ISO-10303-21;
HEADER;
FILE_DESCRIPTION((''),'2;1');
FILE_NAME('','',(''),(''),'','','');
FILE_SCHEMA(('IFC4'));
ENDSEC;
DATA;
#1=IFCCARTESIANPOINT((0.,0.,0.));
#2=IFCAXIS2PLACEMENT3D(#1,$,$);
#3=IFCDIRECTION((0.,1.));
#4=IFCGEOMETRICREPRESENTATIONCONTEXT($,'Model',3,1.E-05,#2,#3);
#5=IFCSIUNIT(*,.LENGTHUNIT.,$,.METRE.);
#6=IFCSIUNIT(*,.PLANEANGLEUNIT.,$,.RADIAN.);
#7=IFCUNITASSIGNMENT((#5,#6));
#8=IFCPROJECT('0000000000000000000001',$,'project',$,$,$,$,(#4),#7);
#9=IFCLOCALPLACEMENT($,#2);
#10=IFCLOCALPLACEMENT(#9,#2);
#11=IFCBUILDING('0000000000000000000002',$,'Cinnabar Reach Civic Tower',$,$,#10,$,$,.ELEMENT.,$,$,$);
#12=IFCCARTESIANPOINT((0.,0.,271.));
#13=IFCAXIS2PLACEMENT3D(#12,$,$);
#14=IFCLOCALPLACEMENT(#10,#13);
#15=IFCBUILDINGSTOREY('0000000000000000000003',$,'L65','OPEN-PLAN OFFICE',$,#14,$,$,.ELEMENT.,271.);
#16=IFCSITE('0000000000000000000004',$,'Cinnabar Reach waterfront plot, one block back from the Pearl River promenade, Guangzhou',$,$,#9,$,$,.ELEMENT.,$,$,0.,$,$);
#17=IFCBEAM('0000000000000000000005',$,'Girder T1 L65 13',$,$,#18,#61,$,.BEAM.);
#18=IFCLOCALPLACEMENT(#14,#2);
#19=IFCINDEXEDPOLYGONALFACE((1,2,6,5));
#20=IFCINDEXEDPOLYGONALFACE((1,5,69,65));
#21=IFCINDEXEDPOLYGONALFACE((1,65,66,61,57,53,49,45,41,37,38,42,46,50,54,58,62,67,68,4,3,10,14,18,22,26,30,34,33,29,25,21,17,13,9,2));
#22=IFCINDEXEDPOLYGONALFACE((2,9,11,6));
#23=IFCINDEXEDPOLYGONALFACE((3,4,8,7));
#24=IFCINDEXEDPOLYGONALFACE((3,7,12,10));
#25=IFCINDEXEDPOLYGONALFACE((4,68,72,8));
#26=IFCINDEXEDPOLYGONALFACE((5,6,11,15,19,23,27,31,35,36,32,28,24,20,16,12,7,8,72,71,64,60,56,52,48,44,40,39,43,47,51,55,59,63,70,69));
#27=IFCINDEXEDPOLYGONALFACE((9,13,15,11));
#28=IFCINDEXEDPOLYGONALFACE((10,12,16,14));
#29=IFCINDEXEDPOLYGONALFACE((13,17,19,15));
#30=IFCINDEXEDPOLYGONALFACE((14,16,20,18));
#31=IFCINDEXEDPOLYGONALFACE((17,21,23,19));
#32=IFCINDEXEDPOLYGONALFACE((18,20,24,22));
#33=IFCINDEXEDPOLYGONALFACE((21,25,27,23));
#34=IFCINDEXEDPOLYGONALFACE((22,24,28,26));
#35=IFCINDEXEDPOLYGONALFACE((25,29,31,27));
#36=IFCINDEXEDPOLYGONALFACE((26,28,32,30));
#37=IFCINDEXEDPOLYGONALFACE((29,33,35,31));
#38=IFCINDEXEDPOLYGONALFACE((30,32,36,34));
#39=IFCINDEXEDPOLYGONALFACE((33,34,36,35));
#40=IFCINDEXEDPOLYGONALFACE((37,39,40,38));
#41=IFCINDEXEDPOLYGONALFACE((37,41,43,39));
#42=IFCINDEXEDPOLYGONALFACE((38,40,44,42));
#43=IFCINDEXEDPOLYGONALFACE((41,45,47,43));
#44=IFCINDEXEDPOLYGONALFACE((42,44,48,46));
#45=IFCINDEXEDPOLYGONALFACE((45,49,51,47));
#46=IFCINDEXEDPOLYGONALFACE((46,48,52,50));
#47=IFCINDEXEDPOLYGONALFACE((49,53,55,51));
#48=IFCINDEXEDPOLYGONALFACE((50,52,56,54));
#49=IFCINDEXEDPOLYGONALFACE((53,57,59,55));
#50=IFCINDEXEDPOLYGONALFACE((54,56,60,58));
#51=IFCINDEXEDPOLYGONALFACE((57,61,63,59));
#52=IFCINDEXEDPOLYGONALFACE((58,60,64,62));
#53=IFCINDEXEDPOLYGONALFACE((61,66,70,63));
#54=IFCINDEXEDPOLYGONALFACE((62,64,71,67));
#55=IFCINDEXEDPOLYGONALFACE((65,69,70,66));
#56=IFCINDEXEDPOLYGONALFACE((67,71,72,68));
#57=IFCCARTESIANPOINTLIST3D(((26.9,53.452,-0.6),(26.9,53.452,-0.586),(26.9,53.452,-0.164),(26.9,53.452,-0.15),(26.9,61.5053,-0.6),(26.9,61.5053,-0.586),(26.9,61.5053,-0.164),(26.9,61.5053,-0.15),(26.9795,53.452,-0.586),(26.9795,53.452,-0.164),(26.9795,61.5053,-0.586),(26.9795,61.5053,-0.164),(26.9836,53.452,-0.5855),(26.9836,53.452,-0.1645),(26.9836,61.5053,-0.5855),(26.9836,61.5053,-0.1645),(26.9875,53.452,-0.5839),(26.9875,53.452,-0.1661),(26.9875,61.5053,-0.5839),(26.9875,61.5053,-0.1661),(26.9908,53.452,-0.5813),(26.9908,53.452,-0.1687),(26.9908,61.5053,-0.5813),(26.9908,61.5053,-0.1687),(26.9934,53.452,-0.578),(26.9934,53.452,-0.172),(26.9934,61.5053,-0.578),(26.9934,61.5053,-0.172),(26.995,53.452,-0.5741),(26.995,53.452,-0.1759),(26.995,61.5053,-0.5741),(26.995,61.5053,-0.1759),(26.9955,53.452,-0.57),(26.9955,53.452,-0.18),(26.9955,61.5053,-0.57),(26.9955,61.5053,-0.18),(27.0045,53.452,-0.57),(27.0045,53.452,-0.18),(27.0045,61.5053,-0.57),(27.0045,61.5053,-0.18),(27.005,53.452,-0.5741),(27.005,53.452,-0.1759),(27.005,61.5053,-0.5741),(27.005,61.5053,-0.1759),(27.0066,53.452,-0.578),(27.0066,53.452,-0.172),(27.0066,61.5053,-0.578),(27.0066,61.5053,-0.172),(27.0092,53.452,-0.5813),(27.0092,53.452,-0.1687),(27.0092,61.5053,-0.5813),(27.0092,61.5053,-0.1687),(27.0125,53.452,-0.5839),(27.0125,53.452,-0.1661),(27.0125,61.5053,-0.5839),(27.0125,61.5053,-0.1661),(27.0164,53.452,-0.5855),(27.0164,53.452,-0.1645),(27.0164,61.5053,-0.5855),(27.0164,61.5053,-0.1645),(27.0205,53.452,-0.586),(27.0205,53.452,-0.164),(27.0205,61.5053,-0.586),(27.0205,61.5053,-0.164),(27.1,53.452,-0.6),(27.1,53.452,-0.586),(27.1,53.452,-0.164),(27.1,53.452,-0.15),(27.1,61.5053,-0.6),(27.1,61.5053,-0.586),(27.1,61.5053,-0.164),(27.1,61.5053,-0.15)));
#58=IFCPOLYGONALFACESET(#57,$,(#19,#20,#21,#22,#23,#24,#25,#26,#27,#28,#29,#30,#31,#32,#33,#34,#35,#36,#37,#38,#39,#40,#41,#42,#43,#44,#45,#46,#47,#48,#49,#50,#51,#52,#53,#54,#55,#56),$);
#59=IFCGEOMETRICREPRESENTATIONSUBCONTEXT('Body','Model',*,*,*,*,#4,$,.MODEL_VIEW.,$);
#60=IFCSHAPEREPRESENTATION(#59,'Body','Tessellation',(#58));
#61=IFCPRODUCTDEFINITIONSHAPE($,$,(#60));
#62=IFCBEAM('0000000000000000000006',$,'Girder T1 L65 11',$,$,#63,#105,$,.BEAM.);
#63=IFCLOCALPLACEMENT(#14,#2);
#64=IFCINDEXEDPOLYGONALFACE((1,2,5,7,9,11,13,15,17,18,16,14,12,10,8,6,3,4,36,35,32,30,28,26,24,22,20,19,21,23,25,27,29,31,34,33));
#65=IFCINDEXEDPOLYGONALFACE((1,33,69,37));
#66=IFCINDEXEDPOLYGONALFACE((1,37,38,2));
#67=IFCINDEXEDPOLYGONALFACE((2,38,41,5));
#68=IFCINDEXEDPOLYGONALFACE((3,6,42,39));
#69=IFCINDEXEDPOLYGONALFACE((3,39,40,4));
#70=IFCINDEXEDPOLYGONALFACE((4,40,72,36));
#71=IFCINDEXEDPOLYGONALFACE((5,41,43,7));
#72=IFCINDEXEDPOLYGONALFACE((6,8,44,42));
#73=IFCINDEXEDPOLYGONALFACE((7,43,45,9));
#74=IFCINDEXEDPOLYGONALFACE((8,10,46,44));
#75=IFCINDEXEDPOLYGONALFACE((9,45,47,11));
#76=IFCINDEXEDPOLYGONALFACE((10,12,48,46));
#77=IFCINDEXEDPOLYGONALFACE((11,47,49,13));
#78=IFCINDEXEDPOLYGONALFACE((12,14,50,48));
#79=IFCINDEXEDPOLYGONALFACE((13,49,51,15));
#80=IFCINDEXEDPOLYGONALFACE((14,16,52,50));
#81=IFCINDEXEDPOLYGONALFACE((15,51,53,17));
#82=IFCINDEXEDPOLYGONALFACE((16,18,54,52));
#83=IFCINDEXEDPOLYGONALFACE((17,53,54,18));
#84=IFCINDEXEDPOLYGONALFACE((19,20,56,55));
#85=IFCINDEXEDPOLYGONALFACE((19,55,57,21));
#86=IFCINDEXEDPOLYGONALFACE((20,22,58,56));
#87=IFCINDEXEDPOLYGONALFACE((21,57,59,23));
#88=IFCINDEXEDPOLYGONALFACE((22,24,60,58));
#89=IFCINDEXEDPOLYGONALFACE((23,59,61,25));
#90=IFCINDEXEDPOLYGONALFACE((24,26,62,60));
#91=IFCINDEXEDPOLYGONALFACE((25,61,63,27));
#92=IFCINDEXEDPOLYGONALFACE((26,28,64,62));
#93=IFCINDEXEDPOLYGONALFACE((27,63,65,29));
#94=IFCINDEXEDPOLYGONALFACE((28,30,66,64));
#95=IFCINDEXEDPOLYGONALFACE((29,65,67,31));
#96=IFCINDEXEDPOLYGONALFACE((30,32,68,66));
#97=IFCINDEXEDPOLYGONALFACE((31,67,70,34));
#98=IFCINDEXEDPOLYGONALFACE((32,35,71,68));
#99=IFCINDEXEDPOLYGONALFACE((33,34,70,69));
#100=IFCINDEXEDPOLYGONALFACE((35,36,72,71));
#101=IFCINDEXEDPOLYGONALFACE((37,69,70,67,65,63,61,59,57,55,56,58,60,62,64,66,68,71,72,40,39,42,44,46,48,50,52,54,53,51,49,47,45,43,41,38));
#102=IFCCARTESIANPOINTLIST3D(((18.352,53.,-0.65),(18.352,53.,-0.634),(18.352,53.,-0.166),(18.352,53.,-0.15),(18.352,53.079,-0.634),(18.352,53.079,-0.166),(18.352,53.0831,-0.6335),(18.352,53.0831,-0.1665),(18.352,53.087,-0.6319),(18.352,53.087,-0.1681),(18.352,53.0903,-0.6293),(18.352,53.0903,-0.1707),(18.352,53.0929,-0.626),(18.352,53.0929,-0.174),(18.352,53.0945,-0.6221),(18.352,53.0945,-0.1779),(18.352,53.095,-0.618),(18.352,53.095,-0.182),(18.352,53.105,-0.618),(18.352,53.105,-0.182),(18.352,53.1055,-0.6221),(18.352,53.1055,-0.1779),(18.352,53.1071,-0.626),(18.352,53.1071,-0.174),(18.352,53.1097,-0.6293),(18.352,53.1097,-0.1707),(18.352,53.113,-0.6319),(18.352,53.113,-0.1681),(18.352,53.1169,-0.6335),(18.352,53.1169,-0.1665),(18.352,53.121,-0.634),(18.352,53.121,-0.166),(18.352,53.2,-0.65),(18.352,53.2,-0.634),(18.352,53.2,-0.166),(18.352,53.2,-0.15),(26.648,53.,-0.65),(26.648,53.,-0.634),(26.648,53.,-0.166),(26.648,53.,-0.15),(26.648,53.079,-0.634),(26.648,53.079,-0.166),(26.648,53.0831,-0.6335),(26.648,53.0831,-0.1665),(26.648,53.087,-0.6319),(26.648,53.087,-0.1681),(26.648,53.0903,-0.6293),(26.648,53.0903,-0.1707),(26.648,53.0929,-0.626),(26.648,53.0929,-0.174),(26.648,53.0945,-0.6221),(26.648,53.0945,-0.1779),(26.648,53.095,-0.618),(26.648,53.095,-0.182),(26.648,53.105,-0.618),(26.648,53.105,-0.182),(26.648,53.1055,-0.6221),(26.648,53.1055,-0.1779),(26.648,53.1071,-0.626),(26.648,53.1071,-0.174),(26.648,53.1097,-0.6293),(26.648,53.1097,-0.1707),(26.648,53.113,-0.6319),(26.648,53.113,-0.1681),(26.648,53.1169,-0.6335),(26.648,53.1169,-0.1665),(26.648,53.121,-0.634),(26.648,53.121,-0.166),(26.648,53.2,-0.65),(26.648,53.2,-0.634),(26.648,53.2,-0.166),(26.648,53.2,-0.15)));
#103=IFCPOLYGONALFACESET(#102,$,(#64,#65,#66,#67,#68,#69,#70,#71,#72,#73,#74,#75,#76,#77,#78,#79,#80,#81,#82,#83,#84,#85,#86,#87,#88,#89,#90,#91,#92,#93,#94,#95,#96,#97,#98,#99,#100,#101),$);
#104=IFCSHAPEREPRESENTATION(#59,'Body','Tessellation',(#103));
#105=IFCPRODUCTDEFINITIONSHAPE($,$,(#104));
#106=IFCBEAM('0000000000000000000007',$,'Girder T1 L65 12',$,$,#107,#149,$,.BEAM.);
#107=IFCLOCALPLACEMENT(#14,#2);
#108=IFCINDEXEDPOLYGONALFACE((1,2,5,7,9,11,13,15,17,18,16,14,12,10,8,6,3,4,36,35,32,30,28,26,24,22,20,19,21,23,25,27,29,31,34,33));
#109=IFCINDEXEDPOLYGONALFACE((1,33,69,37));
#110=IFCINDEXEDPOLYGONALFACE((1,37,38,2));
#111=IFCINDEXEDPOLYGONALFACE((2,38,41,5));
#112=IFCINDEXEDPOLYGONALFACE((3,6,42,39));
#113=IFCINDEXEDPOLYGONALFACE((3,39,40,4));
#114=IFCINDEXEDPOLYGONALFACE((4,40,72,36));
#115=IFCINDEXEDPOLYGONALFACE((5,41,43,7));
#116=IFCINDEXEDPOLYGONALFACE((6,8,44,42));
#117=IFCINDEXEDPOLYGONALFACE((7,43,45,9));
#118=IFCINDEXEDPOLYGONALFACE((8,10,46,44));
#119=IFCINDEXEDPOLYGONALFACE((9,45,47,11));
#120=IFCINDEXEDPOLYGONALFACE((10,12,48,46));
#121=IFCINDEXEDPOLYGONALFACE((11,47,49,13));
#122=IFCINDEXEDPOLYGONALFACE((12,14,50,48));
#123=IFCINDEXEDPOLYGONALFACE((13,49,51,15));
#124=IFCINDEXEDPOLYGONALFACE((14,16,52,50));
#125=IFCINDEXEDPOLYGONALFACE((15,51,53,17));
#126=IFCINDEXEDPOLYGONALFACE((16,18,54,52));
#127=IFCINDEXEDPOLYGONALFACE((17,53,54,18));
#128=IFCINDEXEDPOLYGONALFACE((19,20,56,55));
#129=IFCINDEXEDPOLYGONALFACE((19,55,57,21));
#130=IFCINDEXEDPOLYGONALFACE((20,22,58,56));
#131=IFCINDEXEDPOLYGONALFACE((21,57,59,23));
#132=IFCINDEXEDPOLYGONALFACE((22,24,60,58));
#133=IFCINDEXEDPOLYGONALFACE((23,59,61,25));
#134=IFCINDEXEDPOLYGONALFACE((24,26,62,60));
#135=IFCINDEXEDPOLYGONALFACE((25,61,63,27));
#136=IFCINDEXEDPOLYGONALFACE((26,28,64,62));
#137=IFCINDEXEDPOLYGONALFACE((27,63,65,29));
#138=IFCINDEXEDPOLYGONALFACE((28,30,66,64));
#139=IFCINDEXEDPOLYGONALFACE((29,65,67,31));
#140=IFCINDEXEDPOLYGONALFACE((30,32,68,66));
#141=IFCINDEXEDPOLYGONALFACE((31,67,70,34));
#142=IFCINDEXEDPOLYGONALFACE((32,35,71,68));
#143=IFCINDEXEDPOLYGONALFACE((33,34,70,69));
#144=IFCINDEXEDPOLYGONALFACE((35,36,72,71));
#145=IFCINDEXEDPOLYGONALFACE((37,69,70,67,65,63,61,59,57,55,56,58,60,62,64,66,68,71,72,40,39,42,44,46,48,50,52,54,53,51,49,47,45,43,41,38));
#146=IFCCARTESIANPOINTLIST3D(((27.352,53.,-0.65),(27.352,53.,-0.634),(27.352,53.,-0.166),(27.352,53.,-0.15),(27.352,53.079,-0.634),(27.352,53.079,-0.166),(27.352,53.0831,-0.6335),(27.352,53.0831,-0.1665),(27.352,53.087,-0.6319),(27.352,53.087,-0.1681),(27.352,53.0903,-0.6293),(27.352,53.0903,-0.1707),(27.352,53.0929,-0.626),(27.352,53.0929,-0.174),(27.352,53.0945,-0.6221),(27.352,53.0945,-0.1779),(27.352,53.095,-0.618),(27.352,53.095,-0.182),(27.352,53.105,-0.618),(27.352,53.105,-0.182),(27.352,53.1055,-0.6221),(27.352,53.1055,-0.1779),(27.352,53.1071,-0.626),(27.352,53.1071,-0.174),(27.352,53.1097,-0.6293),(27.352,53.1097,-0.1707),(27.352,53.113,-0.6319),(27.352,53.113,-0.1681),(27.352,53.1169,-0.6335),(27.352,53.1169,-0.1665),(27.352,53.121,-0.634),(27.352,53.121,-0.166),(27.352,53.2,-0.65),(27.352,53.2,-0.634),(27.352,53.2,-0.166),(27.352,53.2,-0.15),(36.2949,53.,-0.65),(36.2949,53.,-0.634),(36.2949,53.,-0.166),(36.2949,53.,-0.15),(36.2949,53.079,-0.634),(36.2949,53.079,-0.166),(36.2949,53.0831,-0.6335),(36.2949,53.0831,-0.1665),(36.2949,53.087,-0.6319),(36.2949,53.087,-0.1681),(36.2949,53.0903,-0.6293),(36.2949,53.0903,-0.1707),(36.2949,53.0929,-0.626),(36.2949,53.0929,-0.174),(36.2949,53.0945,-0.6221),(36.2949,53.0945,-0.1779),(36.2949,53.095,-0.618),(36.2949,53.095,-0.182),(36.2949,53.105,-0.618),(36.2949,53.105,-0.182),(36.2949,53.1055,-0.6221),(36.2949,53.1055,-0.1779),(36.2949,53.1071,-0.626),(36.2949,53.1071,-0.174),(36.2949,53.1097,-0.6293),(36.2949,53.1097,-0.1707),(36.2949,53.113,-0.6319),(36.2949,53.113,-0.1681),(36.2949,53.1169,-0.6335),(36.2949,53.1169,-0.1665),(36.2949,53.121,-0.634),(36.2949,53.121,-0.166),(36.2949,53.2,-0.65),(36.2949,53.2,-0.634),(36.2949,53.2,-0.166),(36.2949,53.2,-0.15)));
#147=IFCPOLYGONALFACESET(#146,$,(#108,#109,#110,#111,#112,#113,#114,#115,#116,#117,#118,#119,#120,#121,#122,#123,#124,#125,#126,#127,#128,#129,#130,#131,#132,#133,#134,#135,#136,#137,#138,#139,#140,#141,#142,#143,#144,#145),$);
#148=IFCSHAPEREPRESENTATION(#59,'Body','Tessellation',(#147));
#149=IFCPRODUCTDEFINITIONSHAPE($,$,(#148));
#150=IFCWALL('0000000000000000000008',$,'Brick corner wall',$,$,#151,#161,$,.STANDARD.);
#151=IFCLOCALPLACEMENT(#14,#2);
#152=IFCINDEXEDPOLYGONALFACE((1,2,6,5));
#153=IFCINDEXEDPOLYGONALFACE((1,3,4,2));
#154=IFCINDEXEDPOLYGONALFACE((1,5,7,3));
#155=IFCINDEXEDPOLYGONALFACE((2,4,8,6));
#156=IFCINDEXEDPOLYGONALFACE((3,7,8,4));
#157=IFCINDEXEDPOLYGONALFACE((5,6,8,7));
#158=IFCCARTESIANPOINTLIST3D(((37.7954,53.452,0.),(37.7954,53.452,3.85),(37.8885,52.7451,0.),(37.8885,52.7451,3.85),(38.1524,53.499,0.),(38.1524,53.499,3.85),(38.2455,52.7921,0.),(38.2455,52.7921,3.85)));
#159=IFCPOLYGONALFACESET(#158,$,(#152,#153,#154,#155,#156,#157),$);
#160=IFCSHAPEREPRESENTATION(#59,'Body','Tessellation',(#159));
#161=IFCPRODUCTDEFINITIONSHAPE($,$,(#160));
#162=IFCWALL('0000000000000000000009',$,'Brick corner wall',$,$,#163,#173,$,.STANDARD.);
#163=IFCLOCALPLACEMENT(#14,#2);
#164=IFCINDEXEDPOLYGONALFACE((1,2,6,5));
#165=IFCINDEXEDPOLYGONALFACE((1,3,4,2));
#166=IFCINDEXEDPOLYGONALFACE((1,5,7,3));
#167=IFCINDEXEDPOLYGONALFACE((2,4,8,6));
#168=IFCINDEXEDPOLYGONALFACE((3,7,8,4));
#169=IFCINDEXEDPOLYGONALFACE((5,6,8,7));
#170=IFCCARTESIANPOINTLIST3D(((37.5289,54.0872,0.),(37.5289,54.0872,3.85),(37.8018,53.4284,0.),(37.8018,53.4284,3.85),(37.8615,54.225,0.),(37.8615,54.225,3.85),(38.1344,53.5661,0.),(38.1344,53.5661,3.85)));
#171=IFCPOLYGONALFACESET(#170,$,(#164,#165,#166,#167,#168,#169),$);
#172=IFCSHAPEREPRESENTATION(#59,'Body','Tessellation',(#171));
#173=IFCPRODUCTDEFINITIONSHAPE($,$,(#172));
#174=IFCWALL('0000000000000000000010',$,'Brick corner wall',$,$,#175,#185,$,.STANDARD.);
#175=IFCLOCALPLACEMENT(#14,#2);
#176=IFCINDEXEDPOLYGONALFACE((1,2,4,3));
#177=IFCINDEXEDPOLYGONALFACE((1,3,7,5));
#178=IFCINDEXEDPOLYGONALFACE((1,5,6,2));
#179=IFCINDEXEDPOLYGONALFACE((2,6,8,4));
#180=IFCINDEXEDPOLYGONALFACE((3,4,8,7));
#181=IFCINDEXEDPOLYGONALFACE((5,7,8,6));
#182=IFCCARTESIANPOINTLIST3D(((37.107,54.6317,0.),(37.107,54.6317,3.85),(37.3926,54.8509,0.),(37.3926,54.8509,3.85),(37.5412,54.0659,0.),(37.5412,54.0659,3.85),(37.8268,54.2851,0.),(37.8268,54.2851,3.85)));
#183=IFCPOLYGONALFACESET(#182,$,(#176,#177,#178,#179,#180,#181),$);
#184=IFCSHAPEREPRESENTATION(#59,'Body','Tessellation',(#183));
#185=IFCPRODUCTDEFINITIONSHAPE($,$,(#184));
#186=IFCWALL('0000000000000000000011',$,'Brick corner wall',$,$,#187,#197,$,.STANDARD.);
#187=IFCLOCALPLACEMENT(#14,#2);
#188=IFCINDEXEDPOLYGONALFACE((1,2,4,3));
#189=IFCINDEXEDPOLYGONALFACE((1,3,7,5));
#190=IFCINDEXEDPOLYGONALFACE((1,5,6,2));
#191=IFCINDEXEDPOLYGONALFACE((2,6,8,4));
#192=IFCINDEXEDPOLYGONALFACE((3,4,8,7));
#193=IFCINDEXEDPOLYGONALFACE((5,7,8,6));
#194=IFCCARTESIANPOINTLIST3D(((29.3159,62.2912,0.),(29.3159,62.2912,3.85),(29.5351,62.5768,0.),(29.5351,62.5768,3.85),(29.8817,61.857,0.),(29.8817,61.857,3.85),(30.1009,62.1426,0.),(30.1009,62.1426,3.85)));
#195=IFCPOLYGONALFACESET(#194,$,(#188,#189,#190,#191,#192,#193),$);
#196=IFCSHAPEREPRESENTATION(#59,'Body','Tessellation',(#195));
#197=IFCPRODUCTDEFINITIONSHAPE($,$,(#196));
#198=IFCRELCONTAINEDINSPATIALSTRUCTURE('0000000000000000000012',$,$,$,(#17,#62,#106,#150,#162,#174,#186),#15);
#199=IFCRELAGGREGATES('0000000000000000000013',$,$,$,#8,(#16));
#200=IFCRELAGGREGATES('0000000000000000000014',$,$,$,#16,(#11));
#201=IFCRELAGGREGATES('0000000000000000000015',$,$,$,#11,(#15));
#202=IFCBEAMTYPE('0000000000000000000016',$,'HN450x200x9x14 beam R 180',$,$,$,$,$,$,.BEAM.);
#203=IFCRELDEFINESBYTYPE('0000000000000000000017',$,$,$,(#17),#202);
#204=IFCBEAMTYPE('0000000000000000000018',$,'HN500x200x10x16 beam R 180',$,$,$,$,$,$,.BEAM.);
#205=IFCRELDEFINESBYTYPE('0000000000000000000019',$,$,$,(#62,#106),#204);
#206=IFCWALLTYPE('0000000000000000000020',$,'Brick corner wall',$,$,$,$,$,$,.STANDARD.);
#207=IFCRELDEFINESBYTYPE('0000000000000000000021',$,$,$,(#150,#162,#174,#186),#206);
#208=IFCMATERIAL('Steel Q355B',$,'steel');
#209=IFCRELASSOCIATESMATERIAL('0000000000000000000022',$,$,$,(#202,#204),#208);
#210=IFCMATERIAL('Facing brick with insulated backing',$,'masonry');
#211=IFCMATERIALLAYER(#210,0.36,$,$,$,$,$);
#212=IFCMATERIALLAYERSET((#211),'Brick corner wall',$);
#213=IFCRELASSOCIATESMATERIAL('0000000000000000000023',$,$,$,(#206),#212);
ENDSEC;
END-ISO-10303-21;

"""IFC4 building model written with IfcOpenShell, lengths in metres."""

from ifc_helpers import new_model, si_unit, direction, frame, frame_2d, origin, origin_2d, place, context, subcontext, project, spatial, rectangle, i_section, extrude, material, layer, layer_set, material_profile, profile_set, type_object, element, save


model = new_model("IFC4")

# Units and contexts
model_context = context("Model", 3, precision=1e-05, world=origin(), true_north=direction((0.0, 1.0)))
body_context = subcontext(model_context, "Body", "Model", "MODEL_VIEW")
ifc_project = project(units=[si_unit("LENGTHUNIT", "METRE"), si_unit("PLANEANGLEUNIT", "RADIAN")], contexts=[model_context])

# Site, building, storey
site_placement = place(None, origin())
site = spatial("IfcSite", under=ifc_project, at=site_placement, Name="Cinnabar Reach waterfront plot, one block back from the Pearl River promenade, Guangzhou", CompositionType="ELEMENT", RefElevation=0.0)
building_placement = place(site_placement, origin())
building = spatial("IfcBuilding", under=site, at=building_placement, Name="Cinnabar Reach Civic Tower", CompositionType="ELEMENT")
storey_placement = place(building_placement, frame((0.0, 0.0, 271.0)))
storey = spatial("IfcBuildingStorey", under=building, at=storey_placement, Name="L65", Description="OPEN-PLAN OFFICE", CompositionType="ELEMENT", Elevation=271.0)

# Beams
ifc_material_1 = material(Name="Steel Q355B", Category="steel")
ifc_material_profile_1 = material_profile(ifc_material_1, i_section(OverallWidth=0.2, OverallDepth=0.45, WebThickness=0.009, FlangeThickness=0.014, FilletRadius=0.016, at=origin_2d()), Name="HN450x200x9x14")
ifc_profile_set_1 = profile_set([ifc_material_profile_1], Name="Steel Q355B")
beam_type_1 = type_object("IfcBeamType", Name="HN450x200x9x14 beam R 180", PredefinedType="BEAM", material=ifc_profile_set_1)
beam_1_placement = place(storey_placement, frame((27.0, 53.452, -0.375), z_axis=(0.0, 1.0, 0.0), x_axis=(-1.0, 0.0, 0.0)))
element("IfcBeam", 1, at=beam_1_placement, inside=storey, type_object=beam_type_1, Name="Girder T1 L65 13", PredefinedType="BEAM", context=body_context, shape_type="SweptSolid", body=[
    extrude(i_section(OverallWidth=0.2, OverallDepth=0.45, WebThickness=0.009, FlangeThickness=0.014, FilletRadius=0.016, at=origin_2d()), origin(), (0.0, 0.0, 1.0), 8.0533),
])
ifc_material_profile_2 = material_profile(ifc_material_1, i_section(OverallWidth=0.2, OverallDepth=0.5, WebThickness=0.01, FlangeThickness=0.016, FilletRadius=0.016, at=origin_2d()), Name="HN500x200x10x16")
ifc_profile_set_2 = profile_set([ifc_material_profile_2], Name="Steel Q355B")
beam_type_2 = type_object("IfcBeamType", Name="HN500x200x10x16 beam R 180", PredefinedType="BEAM", material=ifc_profile_set_2)
beam_2_placement = place(storey_placement, frame((18.352, 53.1, -0.4), z_axis=(1.0, 0.0, 0.0), x_axis=(0.0, 1.0, 0.0)))
element("IfcBeam", 2, at=beam_2_placement, inside=storey, type_object=beam_type_2, Name="Girder T1 L65 11", PredefinedType="BEAM", context=body_context, shape_type="SweptSolid", body=[
    extrude(i_section(OverallWidth=0.2, OverallDepth=0.5, WebThickness=0.01, FlangeThickness=0.016, FilletRadius=0.016, at=origin_2d()), origin(), (0.0, 0.0, 1.0), 8.296),
])
beam_3_placement = place(storey_placement, frame((27.352, 53.1, -0.4), z_axis=(1.0, 0.0, 0.0), x_axis=(0.0, 1.0, 0.0)))
element("IfcBeam", 3, at=beam_3_placement, inside=storey, type_object=beam_type_2, Name="Girder T1 L65 12", PredefinedType="BEAM", context=body_context, shape_type="SweptSolid", body=[
    extrude(i_section(OverallWidth=0.2, OverallDepth=0.5, WebThickness=0.01, FlangeThickness=0.016, FilletRadius=0.016, at=origin_2d()), origin(), (0.0, 0.0, 1.0), 8.9429),
])

# Walls
ifc_material_2 = material(Name="Facing brick with insulated backing", Category="masonry")
ifc_layer_1 = layer(ifc_material_2, 0.36)
ifc_layer_set_1 = layer_set([ifc_layer_1], Name="Brick corner wall")
wall_type_1 = type_object("IfcWallType", Name="Brick corner wall", PredefinedType="STANDARD", material=ifc_layer_set_1)
for number, where, z_axis, x_axis, name in (
    (4, (38.067, 52.7686, 0.0), (0.0, 0.0, 1.0), (-0.130556, 0.991441, 0.0), "Brick corner wall"),
    (5, (37.9681, 53.4973, 0.0), (0.0, 0.0, 1.0), (-0.382703, 0.923872, 0.0), "Brick corner wall"),
):
    element("IfcWall", number, at=place(storey_placement, frame(where, z_axis=z_axis, x_axis=x_axis)), inside=storey, type_object=wall_type_1, Name=name, PredefinedType="STANDARD", context=body_context, shape_type="SweptSolid", body=[
        extrude(rectangle(XDim=0.7131, YDim=0.36, at=frame_2d((0.3565, 0.0))), origin(), (0.0, 0.0, 1.0), 3.85),
    ])
for number, where, z_axis, x_axis, name in (
    (6, (37.684, 54.1755, 0.0), (0.0, 0.0, 1.0), (-0.608802, 0.793322, 0.0), "Brick corner wall"),
    (7, (29.9913, 61.9998, 0.0), (0.0, 0.0, 1.0), (-0.793322, 0.608802, 0.0), "Brick corner wall"),
):
    element("IfcWall", number, at=place(storey_placement, frame(where, z_axis=z_axis, x_axis=x_axis)), inside=storey, type_object=wall_type_1, Name=name, PredefinedType="STANDARD", context=body_context, shape_type="SweptSolid", body=[
        extrude(rectangle(XDim=0.7132, YDim=0.36, at=frame_2d((0.3566, 0.0))), origin(), (0.0, 0.0, 1.0), 3.85),
    ])

save(model, "model.ifc")
